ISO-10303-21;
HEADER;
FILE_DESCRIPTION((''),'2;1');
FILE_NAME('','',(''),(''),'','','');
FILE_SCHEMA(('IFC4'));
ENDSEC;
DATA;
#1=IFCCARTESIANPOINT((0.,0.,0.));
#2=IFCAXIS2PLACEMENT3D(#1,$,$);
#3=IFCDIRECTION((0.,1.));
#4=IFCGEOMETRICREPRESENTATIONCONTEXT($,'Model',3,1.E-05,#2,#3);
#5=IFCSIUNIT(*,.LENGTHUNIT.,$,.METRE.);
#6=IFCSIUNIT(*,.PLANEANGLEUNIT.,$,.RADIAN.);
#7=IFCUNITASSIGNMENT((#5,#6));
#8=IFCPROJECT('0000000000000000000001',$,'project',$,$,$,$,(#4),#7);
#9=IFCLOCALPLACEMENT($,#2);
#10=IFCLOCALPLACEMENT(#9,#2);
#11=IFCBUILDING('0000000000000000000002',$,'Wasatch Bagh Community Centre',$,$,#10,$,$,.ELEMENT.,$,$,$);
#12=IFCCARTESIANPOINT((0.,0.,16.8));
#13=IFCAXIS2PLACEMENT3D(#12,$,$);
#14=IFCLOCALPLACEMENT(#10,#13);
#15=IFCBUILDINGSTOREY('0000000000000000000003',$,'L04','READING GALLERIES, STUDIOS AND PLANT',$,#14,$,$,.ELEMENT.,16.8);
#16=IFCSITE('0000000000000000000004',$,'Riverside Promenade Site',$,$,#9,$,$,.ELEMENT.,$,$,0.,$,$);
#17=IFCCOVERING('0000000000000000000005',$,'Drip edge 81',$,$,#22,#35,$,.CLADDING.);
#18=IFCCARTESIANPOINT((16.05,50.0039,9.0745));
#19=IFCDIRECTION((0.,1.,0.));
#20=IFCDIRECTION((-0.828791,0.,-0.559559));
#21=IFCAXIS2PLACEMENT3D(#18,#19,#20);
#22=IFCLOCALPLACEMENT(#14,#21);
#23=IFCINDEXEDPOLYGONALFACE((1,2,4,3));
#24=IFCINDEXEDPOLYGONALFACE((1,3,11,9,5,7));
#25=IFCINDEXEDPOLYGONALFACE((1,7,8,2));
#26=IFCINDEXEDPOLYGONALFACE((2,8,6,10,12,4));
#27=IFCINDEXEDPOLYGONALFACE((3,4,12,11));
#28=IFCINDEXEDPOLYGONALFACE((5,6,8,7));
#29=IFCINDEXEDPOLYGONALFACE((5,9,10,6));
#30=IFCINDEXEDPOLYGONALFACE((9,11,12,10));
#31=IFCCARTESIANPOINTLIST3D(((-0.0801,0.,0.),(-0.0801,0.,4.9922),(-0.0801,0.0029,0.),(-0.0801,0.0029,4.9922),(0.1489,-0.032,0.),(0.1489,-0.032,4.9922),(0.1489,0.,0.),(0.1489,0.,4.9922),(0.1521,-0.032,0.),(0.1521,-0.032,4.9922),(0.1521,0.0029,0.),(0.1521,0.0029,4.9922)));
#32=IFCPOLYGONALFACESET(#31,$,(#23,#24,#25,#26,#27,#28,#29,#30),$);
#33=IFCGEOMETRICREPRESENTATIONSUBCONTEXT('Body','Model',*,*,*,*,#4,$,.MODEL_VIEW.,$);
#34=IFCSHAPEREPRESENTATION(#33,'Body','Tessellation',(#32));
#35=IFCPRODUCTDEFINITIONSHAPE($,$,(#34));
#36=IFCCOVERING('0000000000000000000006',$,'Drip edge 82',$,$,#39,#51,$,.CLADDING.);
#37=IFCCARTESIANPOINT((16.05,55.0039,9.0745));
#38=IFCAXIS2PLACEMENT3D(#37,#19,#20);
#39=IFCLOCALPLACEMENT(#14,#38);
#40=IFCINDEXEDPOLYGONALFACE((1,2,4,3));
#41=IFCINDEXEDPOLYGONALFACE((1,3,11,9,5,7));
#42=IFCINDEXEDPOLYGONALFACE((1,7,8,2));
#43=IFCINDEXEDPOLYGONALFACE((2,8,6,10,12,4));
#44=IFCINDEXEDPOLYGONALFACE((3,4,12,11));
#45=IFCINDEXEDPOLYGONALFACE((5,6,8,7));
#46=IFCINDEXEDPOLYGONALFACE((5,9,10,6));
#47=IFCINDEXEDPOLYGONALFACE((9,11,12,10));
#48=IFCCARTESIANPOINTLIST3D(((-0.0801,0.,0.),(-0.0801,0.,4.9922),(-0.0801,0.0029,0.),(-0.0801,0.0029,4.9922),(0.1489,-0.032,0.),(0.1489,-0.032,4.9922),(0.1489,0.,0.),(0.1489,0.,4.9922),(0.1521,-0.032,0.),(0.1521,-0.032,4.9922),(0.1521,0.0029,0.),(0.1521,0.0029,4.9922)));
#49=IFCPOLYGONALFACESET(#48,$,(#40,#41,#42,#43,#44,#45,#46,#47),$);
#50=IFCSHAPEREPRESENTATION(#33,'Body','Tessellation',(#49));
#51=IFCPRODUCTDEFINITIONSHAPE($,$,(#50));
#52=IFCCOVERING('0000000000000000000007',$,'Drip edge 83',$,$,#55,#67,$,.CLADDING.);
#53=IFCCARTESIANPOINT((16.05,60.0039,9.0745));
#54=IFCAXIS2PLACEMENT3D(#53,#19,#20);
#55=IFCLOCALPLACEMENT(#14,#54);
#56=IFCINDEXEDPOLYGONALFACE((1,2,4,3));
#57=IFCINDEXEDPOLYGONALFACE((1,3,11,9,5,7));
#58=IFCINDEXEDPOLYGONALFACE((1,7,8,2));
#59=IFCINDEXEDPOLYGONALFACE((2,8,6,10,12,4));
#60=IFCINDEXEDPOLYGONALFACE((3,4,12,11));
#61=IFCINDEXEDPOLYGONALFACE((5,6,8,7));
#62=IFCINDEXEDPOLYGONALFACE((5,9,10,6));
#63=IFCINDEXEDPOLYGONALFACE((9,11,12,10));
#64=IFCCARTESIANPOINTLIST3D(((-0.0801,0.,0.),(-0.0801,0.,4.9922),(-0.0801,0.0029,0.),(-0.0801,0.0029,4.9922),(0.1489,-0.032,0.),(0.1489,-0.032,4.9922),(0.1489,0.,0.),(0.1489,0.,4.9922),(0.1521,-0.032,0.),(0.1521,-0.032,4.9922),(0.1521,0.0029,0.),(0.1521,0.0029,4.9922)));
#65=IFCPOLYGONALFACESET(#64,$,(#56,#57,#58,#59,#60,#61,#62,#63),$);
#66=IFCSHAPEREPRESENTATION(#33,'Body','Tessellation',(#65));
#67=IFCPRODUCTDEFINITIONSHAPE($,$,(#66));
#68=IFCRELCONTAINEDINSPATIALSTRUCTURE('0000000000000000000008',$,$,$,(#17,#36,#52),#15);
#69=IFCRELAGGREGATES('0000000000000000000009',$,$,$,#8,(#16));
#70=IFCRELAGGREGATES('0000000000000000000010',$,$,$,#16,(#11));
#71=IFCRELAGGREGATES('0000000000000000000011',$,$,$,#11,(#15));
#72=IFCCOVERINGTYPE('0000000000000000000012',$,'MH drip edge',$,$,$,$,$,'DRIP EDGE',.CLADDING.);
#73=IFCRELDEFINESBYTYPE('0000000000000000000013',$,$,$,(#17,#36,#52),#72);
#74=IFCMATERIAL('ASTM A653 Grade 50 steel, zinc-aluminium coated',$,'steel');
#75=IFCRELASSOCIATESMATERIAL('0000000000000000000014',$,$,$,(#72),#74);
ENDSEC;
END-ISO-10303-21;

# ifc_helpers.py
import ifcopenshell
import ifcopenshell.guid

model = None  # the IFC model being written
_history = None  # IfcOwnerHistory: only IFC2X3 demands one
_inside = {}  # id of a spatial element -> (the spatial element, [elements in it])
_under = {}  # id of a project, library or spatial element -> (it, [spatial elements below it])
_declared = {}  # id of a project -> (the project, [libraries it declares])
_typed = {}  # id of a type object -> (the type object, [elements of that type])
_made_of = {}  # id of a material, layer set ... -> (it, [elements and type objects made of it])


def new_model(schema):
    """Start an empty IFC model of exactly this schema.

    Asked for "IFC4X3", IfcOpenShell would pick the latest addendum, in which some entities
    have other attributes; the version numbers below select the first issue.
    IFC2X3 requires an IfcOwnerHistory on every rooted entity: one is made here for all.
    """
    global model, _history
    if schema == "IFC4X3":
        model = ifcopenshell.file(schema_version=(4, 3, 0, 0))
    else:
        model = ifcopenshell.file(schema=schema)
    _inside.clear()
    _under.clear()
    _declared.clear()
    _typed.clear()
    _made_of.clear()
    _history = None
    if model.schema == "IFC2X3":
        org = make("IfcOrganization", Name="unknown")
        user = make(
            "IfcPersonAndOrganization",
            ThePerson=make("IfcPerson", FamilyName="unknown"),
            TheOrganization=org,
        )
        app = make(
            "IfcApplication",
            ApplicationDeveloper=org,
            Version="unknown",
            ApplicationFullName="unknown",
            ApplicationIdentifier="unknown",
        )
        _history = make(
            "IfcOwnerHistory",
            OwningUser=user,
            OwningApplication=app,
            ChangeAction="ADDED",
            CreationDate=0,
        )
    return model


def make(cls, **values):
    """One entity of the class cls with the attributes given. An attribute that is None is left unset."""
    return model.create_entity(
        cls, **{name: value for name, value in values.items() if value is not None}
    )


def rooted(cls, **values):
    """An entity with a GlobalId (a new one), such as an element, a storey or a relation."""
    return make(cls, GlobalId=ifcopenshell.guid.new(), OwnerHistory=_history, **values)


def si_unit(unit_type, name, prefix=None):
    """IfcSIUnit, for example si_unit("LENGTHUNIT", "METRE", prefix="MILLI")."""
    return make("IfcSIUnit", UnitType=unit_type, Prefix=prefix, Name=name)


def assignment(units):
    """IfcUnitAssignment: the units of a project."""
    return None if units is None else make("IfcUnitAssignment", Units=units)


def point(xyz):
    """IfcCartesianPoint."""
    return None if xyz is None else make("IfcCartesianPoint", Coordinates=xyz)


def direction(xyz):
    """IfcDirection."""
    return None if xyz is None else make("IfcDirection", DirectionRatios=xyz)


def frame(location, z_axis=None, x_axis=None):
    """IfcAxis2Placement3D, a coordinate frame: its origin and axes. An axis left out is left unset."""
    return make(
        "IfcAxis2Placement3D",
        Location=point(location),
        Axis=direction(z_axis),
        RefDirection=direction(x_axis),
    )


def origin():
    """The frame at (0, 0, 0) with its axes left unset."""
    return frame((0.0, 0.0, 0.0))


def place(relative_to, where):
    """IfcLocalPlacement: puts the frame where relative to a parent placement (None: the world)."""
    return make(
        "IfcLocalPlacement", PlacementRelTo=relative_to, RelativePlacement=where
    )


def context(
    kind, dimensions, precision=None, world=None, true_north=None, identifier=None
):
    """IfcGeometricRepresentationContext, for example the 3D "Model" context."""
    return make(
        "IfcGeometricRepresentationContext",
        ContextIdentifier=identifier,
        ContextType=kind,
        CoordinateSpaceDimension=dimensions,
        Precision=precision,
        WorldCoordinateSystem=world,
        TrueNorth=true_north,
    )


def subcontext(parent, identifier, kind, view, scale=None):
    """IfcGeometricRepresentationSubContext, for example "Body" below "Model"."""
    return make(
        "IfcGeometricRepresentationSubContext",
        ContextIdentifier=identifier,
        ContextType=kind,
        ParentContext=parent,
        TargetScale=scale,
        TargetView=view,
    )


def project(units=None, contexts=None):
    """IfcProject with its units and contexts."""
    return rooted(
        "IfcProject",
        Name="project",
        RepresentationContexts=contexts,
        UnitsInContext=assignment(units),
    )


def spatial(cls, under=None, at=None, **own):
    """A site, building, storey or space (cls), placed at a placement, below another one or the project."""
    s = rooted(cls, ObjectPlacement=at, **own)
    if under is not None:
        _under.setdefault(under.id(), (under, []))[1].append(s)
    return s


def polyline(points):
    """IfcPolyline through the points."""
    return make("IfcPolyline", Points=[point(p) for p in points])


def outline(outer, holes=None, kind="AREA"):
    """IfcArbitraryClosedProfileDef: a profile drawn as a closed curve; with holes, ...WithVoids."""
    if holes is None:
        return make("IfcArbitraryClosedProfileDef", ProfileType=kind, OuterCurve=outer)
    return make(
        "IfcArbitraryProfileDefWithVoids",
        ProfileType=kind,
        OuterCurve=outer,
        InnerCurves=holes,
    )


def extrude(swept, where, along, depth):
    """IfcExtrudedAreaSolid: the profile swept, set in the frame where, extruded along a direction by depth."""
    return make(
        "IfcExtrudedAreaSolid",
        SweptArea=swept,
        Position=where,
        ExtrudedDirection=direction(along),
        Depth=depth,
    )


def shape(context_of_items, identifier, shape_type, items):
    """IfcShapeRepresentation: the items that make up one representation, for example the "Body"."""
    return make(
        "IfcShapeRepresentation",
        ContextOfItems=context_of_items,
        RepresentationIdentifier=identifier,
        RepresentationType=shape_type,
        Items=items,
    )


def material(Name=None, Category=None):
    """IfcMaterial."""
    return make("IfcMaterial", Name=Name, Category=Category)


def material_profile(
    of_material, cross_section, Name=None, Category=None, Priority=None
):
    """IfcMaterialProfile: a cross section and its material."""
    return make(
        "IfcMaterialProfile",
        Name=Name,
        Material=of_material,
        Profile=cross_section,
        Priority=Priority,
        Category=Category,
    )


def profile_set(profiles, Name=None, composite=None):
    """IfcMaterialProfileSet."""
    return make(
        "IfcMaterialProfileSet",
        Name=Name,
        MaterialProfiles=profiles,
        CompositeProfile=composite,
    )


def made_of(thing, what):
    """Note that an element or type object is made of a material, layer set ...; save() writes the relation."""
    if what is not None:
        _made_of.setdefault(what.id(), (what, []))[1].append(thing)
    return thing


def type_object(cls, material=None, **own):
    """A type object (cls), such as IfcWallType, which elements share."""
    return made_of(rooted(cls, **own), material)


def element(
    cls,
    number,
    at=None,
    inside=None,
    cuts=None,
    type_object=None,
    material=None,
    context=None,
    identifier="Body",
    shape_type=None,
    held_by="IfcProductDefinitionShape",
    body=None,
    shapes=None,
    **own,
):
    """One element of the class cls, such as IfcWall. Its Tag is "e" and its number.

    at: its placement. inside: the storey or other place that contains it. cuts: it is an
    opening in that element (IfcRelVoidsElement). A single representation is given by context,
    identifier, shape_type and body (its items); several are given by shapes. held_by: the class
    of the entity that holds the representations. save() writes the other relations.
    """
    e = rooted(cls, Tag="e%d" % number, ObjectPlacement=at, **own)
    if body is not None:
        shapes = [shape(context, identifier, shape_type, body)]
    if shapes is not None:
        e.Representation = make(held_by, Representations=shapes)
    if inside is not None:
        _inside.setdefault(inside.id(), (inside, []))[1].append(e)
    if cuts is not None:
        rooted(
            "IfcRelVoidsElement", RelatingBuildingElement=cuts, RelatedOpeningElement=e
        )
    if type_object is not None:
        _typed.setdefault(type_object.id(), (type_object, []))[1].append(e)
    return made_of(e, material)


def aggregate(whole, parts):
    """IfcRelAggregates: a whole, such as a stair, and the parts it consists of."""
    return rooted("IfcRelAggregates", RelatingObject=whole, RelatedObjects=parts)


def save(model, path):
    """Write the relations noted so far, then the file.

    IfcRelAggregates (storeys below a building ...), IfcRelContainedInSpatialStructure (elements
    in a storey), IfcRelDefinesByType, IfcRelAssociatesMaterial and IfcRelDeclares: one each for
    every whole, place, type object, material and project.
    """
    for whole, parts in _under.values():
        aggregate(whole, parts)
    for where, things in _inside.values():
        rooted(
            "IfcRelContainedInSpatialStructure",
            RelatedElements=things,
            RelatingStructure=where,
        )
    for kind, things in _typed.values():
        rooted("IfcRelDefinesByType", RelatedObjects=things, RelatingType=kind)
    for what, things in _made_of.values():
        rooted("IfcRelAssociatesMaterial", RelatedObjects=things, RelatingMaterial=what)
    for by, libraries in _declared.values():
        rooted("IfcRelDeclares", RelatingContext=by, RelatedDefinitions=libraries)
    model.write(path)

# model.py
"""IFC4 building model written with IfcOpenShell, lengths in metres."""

from ifc_helpers import new_model, si_unit, direction, frame, origin, place, context, subcontext, project, spatial, polyline, outline, extrude, material, material_profile, profile_set, type_object, element, save


model = new_model("IFC4")

# Units and contexts
model_context = context("Model", 3, precision=1e-05, world=origin(), true_north=direction((0.0, 1.0)))
body_context = subcontext(model_context, "Body", "Model", "MODEL_VIEW")
ifc_project = project(units=[si_unit("LENGTHUNIT", "METRE"), si_unit("PLANEANGLEUNIT", "RADIAN")], contexts=[model_context])

# Site, building, storey
site_placement = place(None, origin())
site = spatial("IfcSite", under=ifc_project, at=site_placement, Name="Riverside Promenade Site", CompositionType="ELEMENT", RefElevation=0.0)
building_placement = place(site_placement, origin())
building = spatial("IfcBuilding", under=site, at=building_placement, Name="Wasatch Bagh Community Centre", CompositionType="ELEMENT")
storey_placement = place(building_placement, frame((0.0, 0.0, 16.8)))
storey = spatial("IfcBuildingStorey", under=building, at=storey_placement, Name="L04", Description="READING GALLERIES, STUDIOS AND PLANT", CompositionType="ELEMENT", Elevation=16.8)

# Coverings
ifc_material_1 = material(Name="ASTM A653 Grade 50 steel, zinc-aluminium coated", Category="steel")
ifc_material_profile_1 = material_profile(ifc_material_1, outline(polyline([(-0.0801, 0.0029), (0.1521, 0.0029), (0.1521, -0.032), (0.1489, -0.032), (0.1489, 0.0), (-0.0801, 0.0), (-0.0801, 0.0029)])), Name="DRIP EDGE")
ifc_profile_set_1 = profile_set([ifc_material_profile_1], Name="ASTM A653 Grade 50 steel, zinc-aluminium coated")
covering_type_1 = type_object("IfcCoveringType", Name="MH drip edge", ElementType="DRIP EDGE", PredefinedType="CLADDING", material=ifc_profile_set_1)
for number, where, z_axis, x_axis, name in (
    (1, (16.05, 50.0039, 9.0745), (0.0, 1.0, 0.0), (-0.828791, 0.0, -0.559559), "Drip edge 81"),
    (2, (16.05, 55.0039, 9.0745), (0.0, 1.0, 0.0), (-0.828791, 0.0, -0.559559), "Drip edge 82"),
    (3, (16.05, 60.0039, 9.0745), (0.0, 1.0, 0.0), (-0.828791, 0.0, -0.559559), "Drip edge 83"),
):
    element("IfcCovering", number, at=place(storey_placement, frame(where, z_axis=z_axis, x_axis=x_axis)), inside=storey, type_object=covering_type_1, Name=name, PredefinedType="CLADDING", context=body_context, shape_type="SweptSolid", body=[
        extrude(outline(polyline([(-0.0801, 0.0029), (0.1521, 0.0029), (0.1521, -0.032), (0.1489, -0.032), (0.1489, 0.0), (-0.0801, 0.0), (-0.0801, 0.0029)])), origin(), (0.0, 0.0, 1.0), 4.9922),
    ])

save(model, "model.ifc")
